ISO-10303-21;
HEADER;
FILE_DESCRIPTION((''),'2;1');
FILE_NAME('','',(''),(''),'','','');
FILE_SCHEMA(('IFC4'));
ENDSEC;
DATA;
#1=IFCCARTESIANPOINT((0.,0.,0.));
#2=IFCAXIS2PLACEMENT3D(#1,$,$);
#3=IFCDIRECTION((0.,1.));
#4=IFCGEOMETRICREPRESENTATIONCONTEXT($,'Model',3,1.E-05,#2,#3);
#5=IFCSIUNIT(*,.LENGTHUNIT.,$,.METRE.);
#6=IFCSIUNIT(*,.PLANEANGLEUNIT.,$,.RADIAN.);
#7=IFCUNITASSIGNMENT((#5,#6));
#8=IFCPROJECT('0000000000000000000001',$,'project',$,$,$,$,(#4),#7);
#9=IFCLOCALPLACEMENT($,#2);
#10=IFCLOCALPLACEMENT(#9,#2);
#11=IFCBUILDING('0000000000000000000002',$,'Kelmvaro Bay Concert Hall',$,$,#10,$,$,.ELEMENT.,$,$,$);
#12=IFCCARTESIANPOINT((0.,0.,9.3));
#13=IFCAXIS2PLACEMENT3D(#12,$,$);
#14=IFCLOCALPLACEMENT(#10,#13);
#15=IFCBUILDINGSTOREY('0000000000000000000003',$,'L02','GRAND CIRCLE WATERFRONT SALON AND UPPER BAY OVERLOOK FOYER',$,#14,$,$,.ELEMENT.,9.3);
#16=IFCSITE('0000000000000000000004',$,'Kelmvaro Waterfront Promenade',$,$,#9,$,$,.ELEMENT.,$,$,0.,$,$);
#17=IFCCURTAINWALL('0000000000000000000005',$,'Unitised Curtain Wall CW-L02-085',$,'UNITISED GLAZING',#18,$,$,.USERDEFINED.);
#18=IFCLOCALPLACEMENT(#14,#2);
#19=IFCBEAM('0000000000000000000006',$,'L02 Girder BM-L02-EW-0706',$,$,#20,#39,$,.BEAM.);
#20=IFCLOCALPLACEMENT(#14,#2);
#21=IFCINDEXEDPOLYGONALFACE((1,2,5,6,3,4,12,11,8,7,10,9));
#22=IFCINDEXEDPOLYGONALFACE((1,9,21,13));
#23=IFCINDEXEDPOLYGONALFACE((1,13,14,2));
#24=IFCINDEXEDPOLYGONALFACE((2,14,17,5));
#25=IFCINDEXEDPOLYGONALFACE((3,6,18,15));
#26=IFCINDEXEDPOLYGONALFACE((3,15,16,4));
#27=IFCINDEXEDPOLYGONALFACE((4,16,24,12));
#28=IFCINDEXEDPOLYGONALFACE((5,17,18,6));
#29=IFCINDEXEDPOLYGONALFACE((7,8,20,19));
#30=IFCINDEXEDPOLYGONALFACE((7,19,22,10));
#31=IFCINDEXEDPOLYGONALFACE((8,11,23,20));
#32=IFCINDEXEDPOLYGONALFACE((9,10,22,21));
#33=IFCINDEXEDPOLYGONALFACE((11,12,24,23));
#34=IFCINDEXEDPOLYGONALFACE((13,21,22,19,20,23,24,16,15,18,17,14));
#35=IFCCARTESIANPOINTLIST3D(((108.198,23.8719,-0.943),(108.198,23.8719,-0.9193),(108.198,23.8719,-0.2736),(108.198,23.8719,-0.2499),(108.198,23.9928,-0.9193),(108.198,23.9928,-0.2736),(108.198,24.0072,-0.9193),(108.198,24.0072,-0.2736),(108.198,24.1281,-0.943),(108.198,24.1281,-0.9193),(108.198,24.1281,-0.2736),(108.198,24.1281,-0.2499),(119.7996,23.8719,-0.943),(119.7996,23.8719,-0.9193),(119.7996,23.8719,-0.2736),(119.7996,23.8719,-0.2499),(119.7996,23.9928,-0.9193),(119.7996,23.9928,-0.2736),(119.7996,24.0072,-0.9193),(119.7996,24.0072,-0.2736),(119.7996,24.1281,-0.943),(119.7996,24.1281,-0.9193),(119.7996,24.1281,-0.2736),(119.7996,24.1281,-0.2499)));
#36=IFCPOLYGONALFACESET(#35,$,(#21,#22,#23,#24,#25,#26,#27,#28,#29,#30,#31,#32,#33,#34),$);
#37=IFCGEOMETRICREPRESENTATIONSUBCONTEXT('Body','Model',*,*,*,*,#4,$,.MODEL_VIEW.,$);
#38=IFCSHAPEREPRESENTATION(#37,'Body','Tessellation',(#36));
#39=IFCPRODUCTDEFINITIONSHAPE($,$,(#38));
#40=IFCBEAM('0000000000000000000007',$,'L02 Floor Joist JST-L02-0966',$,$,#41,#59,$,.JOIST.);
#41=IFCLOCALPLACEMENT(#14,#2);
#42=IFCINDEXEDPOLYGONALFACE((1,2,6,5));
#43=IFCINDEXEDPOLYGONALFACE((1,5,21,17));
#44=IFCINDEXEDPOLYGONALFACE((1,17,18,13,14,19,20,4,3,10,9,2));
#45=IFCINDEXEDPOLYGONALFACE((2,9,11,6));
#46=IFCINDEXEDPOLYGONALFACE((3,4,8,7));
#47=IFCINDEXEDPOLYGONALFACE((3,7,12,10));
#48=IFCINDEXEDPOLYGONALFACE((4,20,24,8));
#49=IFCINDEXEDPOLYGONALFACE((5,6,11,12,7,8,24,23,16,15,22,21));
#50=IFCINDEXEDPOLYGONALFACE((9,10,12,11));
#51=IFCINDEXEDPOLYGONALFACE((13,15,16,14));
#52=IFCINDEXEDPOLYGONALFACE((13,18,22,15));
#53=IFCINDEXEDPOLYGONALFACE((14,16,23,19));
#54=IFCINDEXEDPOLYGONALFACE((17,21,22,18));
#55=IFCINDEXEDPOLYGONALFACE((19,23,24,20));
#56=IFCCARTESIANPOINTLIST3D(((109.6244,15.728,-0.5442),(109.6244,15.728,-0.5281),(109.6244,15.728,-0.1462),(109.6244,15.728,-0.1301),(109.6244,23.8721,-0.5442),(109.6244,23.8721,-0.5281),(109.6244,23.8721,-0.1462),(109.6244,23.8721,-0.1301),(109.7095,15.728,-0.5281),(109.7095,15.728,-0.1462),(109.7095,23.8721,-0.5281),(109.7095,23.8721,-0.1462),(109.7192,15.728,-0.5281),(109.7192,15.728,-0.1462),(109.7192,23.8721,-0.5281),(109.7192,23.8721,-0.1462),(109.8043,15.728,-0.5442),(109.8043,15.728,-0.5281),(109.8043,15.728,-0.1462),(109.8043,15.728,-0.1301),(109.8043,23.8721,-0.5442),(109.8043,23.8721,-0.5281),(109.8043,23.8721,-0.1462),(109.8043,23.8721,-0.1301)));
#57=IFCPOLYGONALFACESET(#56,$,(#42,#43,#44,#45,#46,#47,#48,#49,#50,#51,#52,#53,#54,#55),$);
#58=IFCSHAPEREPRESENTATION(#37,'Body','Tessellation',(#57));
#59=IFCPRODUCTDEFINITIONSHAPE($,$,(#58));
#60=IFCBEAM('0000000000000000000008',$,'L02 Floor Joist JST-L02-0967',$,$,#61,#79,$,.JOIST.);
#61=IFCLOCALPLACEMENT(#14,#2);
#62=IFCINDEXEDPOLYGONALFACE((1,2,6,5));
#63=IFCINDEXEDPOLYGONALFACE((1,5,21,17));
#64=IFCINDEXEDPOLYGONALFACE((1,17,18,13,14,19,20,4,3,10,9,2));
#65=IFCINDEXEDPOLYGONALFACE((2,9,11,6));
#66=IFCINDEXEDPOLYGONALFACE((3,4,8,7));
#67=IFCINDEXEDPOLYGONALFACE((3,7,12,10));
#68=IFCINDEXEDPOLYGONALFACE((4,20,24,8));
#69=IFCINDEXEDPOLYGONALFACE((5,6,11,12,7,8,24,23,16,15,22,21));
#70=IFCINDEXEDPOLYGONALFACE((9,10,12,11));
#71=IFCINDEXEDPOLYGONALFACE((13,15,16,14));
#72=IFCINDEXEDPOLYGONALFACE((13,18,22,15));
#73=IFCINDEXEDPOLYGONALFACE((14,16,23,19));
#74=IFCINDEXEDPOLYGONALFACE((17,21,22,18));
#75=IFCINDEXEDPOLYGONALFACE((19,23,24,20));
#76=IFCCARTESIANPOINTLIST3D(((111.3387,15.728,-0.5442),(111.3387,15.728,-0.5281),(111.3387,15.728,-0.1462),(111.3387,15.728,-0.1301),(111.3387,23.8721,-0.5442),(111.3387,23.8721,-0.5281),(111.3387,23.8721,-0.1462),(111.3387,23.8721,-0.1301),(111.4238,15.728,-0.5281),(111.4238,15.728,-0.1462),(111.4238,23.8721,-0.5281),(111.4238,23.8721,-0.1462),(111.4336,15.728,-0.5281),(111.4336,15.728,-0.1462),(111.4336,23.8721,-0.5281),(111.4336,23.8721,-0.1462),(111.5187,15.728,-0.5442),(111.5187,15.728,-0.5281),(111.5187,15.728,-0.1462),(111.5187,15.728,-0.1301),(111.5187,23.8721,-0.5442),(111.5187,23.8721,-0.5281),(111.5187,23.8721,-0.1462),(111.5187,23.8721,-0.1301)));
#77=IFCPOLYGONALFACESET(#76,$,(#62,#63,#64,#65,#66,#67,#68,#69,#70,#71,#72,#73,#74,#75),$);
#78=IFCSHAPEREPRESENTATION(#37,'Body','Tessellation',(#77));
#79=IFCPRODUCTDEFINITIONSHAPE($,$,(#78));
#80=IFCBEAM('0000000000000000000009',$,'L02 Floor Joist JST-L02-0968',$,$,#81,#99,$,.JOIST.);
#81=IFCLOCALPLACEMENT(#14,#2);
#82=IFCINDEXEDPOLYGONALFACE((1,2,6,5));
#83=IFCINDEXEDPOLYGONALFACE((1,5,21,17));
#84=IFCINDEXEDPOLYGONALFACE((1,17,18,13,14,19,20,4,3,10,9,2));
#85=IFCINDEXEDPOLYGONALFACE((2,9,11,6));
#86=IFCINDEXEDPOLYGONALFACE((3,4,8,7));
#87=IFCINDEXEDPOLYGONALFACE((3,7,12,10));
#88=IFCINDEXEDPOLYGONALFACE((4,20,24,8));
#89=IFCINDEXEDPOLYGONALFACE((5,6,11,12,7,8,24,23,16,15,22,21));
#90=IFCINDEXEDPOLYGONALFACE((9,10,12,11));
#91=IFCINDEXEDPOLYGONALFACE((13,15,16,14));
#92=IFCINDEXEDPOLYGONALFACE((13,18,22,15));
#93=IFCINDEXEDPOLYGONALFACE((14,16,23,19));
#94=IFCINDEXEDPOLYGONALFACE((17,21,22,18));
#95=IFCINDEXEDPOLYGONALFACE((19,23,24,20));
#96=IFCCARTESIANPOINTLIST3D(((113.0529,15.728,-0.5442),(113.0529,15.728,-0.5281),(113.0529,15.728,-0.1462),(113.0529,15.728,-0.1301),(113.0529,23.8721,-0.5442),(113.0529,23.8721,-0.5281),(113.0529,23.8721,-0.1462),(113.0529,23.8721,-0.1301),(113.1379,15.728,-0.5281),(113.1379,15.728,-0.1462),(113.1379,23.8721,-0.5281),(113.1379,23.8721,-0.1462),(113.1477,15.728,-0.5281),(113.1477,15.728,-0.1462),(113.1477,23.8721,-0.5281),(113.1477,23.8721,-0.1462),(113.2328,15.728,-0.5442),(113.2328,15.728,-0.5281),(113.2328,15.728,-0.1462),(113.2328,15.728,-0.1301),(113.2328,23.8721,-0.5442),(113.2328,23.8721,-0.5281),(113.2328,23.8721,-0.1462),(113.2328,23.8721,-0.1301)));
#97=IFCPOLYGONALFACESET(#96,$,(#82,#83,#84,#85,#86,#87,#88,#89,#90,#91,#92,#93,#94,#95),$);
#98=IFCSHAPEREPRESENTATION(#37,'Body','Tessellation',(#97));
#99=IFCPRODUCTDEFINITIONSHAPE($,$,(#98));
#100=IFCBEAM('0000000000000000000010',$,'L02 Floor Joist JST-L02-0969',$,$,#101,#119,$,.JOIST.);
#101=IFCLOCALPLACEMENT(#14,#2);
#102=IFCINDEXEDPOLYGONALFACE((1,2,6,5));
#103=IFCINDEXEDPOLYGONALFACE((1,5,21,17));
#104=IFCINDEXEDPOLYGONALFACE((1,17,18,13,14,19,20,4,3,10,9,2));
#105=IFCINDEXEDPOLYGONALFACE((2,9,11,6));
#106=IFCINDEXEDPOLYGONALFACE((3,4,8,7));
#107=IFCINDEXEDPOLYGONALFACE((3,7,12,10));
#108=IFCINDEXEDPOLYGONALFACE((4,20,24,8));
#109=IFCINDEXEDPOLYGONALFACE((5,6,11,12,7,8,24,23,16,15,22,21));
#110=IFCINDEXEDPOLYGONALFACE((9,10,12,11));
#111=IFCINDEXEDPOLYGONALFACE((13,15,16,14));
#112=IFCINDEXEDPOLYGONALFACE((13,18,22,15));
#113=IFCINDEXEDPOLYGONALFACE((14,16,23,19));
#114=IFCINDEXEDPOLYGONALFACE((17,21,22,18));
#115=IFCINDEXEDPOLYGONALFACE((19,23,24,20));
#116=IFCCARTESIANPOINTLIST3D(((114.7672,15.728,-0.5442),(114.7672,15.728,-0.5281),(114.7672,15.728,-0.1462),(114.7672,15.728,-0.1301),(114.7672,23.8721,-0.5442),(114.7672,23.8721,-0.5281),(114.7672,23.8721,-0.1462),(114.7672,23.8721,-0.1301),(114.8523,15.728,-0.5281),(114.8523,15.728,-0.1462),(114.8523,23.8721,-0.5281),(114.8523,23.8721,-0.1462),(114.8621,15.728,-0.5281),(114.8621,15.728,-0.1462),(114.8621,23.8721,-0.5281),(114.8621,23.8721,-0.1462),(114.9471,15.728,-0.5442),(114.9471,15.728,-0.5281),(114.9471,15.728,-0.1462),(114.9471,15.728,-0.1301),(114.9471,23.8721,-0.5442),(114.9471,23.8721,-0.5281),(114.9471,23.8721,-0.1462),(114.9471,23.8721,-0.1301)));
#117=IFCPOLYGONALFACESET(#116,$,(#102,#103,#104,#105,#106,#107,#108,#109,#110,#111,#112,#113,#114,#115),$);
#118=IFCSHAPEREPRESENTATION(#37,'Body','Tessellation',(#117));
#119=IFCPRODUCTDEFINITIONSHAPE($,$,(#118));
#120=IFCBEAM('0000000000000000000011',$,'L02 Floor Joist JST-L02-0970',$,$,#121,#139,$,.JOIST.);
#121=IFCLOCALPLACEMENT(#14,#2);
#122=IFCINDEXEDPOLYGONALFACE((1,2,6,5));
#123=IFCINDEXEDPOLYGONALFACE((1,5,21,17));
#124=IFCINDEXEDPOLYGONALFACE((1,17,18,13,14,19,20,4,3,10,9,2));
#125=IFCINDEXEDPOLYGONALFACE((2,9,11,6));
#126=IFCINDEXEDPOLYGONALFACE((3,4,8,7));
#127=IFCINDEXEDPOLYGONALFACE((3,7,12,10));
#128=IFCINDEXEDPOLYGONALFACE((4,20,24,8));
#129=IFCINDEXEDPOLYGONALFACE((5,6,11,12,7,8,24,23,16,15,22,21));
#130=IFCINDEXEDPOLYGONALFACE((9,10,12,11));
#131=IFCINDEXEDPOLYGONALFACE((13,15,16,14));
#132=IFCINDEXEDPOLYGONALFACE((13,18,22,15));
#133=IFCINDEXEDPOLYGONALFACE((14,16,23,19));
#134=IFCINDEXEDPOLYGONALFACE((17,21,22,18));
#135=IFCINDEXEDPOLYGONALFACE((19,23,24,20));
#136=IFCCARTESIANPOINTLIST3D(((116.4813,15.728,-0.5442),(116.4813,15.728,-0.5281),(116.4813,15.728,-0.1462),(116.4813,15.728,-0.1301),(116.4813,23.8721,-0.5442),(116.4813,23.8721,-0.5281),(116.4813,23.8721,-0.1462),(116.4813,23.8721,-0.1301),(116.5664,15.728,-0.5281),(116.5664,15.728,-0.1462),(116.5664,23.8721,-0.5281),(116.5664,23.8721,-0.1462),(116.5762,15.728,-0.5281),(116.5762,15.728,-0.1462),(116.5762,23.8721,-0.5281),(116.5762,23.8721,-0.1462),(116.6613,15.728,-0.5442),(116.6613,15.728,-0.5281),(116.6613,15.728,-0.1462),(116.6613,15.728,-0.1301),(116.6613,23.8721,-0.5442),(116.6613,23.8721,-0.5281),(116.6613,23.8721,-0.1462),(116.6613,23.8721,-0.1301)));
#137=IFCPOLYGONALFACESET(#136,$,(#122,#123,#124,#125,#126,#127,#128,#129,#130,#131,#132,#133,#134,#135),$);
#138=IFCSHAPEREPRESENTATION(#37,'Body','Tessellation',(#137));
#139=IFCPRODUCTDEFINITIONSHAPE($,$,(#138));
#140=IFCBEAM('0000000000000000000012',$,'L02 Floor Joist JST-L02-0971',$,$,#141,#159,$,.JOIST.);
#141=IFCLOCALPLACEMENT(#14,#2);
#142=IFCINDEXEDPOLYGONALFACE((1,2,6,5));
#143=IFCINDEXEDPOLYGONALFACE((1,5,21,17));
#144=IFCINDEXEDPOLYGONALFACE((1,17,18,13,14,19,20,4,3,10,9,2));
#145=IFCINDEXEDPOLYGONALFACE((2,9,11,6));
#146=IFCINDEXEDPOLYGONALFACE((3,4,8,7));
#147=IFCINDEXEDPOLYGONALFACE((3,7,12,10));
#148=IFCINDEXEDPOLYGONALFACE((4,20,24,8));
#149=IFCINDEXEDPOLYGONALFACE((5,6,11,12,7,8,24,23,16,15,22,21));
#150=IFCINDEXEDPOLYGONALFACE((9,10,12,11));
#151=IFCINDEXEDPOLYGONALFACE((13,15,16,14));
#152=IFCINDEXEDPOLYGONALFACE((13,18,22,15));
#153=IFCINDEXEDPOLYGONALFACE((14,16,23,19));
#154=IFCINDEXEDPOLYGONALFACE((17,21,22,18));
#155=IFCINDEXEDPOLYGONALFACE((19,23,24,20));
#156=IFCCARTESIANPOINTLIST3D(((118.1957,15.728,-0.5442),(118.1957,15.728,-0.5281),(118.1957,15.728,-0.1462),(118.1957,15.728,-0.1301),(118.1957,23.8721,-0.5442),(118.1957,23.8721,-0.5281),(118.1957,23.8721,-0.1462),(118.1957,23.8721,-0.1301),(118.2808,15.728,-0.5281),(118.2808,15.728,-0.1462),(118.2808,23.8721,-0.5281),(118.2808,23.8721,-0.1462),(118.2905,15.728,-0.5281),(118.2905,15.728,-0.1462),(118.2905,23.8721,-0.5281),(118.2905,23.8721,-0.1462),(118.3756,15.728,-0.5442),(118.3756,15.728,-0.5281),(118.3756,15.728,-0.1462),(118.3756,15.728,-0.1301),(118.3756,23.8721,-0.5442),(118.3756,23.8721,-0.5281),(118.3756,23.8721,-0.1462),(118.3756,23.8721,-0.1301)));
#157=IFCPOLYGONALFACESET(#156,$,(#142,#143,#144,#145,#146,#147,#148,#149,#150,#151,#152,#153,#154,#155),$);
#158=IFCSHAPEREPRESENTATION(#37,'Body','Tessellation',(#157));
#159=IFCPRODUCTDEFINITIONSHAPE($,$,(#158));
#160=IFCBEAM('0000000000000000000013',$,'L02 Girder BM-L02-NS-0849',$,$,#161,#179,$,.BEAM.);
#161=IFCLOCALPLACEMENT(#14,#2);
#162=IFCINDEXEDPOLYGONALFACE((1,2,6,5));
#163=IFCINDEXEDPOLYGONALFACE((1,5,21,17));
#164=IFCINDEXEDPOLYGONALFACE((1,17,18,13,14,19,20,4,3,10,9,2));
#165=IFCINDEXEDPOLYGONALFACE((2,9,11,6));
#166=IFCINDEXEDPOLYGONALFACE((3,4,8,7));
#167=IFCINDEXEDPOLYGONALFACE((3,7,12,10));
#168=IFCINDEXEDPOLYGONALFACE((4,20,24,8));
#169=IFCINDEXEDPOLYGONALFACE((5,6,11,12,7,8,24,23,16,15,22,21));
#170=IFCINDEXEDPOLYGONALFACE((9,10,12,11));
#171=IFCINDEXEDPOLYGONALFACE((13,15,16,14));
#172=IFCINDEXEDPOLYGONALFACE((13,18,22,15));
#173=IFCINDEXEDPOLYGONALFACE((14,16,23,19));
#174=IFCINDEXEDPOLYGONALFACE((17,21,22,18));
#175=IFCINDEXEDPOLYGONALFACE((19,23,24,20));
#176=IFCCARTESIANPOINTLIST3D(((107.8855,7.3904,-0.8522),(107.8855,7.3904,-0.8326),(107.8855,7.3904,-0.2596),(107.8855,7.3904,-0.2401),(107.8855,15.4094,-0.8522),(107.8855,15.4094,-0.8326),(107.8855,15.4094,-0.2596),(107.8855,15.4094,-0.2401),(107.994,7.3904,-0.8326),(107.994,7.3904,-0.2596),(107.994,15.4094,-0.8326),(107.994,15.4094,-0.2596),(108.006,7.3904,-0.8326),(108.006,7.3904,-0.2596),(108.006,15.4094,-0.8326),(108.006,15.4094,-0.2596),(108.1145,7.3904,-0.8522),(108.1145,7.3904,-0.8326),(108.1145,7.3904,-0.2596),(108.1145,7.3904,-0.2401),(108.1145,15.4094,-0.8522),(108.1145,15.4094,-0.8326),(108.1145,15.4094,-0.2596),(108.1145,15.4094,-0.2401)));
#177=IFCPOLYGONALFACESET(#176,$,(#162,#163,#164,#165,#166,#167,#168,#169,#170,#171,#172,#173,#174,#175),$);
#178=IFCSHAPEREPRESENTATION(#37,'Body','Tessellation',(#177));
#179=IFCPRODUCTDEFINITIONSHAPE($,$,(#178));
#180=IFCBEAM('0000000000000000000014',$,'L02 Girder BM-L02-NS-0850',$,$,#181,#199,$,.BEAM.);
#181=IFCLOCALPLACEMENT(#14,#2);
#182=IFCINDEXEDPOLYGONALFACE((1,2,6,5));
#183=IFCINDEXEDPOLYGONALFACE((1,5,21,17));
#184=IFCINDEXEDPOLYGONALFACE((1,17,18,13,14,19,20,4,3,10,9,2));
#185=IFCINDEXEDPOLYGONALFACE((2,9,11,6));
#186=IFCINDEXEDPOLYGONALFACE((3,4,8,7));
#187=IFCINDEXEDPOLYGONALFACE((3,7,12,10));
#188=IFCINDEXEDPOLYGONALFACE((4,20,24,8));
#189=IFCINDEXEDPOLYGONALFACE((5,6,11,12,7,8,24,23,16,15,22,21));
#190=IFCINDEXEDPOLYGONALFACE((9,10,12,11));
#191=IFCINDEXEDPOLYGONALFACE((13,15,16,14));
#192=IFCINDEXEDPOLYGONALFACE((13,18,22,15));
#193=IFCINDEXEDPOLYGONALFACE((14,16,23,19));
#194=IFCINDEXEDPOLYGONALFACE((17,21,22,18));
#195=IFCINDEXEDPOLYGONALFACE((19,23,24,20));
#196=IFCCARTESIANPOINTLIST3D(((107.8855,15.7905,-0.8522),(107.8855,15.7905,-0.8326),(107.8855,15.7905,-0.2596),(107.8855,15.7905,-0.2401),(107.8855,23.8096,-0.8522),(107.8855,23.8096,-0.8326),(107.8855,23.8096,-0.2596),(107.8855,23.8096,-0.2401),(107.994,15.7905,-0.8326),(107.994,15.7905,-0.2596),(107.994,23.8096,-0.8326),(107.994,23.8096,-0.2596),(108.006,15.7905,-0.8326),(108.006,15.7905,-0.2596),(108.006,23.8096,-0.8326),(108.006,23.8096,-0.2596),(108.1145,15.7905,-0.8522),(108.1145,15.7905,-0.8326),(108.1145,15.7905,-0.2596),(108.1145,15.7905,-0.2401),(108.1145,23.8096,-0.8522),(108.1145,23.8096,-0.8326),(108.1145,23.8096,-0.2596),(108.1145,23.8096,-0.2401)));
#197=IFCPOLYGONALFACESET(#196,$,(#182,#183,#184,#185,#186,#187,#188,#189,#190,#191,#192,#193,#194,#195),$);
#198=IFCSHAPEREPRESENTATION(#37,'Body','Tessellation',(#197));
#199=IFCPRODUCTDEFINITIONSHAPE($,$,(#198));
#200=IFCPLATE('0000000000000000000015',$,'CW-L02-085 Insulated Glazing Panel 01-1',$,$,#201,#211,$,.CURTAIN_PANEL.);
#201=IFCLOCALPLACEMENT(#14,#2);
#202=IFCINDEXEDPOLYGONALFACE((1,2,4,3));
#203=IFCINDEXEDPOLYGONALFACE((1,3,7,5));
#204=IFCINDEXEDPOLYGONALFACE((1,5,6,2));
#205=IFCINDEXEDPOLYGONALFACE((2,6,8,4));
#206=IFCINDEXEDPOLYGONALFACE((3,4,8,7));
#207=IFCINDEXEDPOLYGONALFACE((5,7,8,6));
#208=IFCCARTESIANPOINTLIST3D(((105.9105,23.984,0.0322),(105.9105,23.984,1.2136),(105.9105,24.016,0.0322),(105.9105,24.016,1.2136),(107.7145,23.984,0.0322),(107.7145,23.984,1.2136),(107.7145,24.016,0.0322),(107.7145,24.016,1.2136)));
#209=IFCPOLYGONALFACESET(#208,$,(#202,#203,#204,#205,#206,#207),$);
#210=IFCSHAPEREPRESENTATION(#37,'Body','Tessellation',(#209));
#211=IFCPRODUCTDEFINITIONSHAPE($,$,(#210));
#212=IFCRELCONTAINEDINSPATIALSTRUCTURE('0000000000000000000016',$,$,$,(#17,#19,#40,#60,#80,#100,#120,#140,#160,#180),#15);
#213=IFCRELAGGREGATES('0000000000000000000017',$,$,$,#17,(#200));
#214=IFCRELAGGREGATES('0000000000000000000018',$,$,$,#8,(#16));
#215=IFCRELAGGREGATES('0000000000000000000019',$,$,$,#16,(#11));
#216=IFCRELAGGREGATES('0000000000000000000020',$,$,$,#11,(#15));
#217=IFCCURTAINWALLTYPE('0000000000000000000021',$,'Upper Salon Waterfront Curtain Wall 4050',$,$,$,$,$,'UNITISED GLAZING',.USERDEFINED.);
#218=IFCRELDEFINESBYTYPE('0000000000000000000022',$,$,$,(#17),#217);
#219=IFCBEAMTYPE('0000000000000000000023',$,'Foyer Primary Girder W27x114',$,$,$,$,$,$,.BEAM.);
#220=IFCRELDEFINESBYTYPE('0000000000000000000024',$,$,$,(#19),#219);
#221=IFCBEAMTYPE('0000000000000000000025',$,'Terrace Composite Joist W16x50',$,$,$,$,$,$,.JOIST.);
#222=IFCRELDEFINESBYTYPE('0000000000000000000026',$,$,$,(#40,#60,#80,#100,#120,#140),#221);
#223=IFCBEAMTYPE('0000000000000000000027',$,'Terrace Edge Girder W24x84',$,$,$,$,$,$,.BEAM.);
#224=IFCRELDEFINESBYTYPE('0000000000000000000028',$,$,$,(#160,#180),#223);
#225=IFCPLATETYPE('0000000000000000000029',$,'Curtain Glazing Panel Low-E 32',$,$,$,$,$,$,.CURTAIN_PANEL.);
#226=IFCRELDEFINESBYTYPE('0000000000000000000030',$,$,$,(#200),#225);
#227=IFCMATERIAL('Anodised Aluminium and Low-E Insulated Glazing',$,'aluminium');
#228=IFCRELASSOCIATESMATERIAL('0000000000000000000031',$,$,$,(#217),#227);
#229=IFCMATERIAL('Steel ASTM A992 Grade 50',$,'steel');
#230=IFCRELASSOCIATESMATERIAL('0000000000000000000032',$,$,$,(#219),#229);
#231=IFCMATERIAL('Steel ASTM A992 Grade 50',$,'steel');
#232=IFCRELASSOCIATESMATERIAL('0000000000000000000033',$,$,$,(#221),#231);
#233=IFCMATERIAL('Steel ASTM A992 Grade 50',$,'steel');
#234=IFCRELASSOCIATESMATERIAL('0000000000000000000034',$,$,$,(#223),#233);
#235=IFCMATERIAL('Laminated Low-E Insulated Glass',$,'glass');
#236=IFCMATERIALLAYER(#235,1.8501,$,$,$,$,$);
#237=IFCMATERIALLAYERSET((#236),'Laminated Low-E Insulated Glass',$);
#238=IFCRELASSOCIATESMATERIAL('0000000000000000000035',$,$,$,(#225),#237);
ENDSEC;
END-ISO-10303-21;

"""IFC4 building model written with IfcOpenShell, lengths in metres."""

from ifc_helpers import new_model, si_unit, direction, frame, origin, origin_2d, place, context, subcontext, project, spatial, rectangle, i_section, extrude, material, layer, layer_set, material_profile, profile_set, type_object, element, aggregate, save


model = new_model("IFC4")

# Units and contexts
model_context = context("Model", 3, precision=1e-05, world=origin(), true_north=direction((0.0, 1.0)))
body_context = subcontext(model_context, "Body", "Model", "MODEL_VIEW")
ifc_project = project(units=[si_unit("LENGTHUNIT", "METRE"), si_unit("PLANEANGLEUNIT", "RADIAN")], contexts=[model_context])

# Site, building, storey
site_placement = place(None, origin())
site = spatial("IfcSite", under=ifc_project, at=site_placement, Name="Kelmvaro Waterfront Promenade", CompositionType="ELEMENT", RefElevation=0.0)
building_placement = place(site_placement, origin())
building = spatial("IfcBuilding", under=site, at=building_placement, Name="Kelmvaro Bay Concert Hall", CompositionType="ELEMENT")
storey_placement = place(building_placement, frame((0.0, 0.0, 9.3)))
storey = spatial("IfcBuildingStorey", under=building, at=storey_placement, Name="L02", Description="GRAND CIRCLE WATERFRONT SALON AND UPPER BAY OVERLOOK FOYER", CompositionType="ELEMENT", Elevation=9.3)

# Curtain wall
ifc_material_1 = material(Name="Anodised Aluminium and Low-E Insulated Glazing", Category="aluminium")
curtain_wall_type = type_object("IfcCurtainWallType", Name="Upper Salon Waterfront Curtain Wall 4050", ElementType="UNITISED GLAZING", PredefinedType="USERDEFINED", material=ifc_material_1)
curtain_wall_1_placement = place(storey_placement, origin())
curtain_wall_1 = element("IfcCurtainWall", 1, at=curtain_wall_1_placement, inside=storey, type_object=curtain_wall_type, Name="Unitised Curtain Wall CW-L02-085", ObjectType="UNITISED GLAZING", PredefinedType="USERDEFINED")

# Beams
ifc_material_2 = material(Name="Steel ASTM A992 Grade 50", Category="steel")
ifc_material_profile_1 = material_profile(ifc_material_2, i_section(OverallWidth=0.2561, OverallDepth=0.6931, WebThickness=0.0144, FlangeThickness=0.0237, at=origin_2d()), Name="W27X114")
ifc_profile_set_1 = profile_set([ifc_material_profile_1], Name="Steel ASTM A992 Grade 50")
beam_type_1 = type_object("IfcBeamType", Name="Foyer Primary Girder W27x114", PredefinedType="BEAM", material=ifc_profile_set_1)
for number, where, z_axis, x_axis, name in (
    (2, (108.198, 24.0, -0.5964), (1.0, 0.0, 0.0), (0.0, 1.0, 0.0), "L02 Girder BM-L02-EW-0706"),
):
    element("IfcBeam", number, at=place(storey_placement, frame(where, z_axis=z_axis, x_axis=x_axis)), inside=storey, type_object=beam_type_1, Name=name, PredefinedType="BEAM", context=body_context, shape_type="SweptSolid", body=[
        extrude(i_section(OverallWidth=0.2561, OverallDepth=0.6931, WebThickness=0.0144, FlangeThickness=0.0237, at=origin_2d()), origin(), (0.0, 0.0, 1.0), 11.6016),
    ])
ifc_material_3 = material(Name="Steel ASTM A992 Grade 50", Category="steel")
ifc_material_profile_2 = material_profile(ifc_material_3, i_section(OverallWidth=0.1799, OverallDepth=0.4141, WebThickness=0.0098, FlangeThickness=0.0161, at=origin_2d()), Name="W16X50")
ifc_profile_set_2 = profile_set([ifc_material_profile_2], Name="Steel ASTM A992 Grade 50")
beam_type_2 = type_object("IfcBeamType", Name="Terrace Composite Joist W16x50", PredefinedType="JOIST", material=ifc_profile_set_2)
for number, where, z_axis, x_axis, name in (
    (3, (109.7144, 15.728, -0.3372), (0.0, 1.0, 0.0), (-1.0, 0.0, 0.0), "L02 Floor Joist JST-L02-0966"),
    (4, (111.4287, 15.728, -0.3372), (0.0, 1.0, 0.0), (-1.0, 0.0, 0.0), "L02 Floor Joist JST-L02-0967"),
    (5, (113.1428, 15.728, -0.3372), (0.0, 1.0, 0.0), (-1.0, 0.0, 0.0), "L02 Floor Joist JST-L02-0968"),
    (6, (114.8572, 15.728, -0.3372), (0.0, 1.0, 0.0), (-1.0, 0.0, 0.0), "L02 Floor Joist JST-L02-0969"),
    (7, (116.5713, 15.728, -0.3372), (0.0, 1.0, 0.0), (-1.0, 0.0, 0.0), "L02 Floor Joist JST-L02-0970"),
    (8, (118.2856, 15.728, -0.3372), (0.0, 1.0, 0.0), (-1.0, 0.0, 0.0), "L02 Floor Joist JST-L02-0971"),
):
    element("IfcBeam", number, at=place(storey_placement, frame(where, z_axis=z_axis, x_axis=x_axis)), inside=storey, type_object=beam_type_2, Name=name, PredefinedType="JOIST", context=body_context, shape_type="SweptSolid", body=[
        extrude(i_section(OverallWidth=0.1799, OverallDepth=0.4141, WebThickness=0.0098, FlangeThickness=0.0161, at=origin_2d()), origin(), (0.0, 0.0, 1.0), 8.144),
    ])
ifc_material_4 = material(Name="Steel ASTM A992 Grade 50", Category="steel")
ifc_material_profile_3 = material_profile(ifc_material_4, i_section(OverallWidth=0.229, OverallDepth=0.6121, WebThickness=0.012, FlangeThickness=0.0195, at=origin_2d()), Name="W24X84")
ifc_profile_set_3 = profile_set([ifc_material_profile_3], Name="Steel ASTM A992 Grade 50")
beam_type_3 = type_object("IfcBeamType", Name="Terrace Edge Girder W24x84", PredefinedType="BEAM", material=ifc_profile_set_3)
for number, where, z_axis, x_axis, name in (
    (9, (108.0, 7.3904, -0.5461), (0.0, 1.0, 0.0), (-1.0, 0.0, 0.0), "L02 Girder BM-L02-NS-0849"),
    (10, (108.0, 15.7905, -0.5461), (0.0, 1.0, 0.0), (-1.0, 0.0, 0.0), "L02 Girder BM-L02-NS-0850"),
):
    element("IfcBeam", number, at=place(storey_placement, frame(where, z_axis=z_axis, x_axis=x_axis)), inside=storey, type_object=beam_type_3, Name=name, PredefinedType="BEAM", context=body_context, shape_type="SweptSolid", body=[
        extrude(i_section(OverallWidth=0.229, OverallDepth=0.6121, WebThickness=0.012, FlangeThickness=0.0195, at=origin_2d()), origin(), (0.0, 0.0, 1.0), 8.019),
    ])

# Plate
ifc_material_5 = material(Name="Laminated Low-E Insulated Glass", Category="glass")
ifc_layer = layer(ifc_material_5, 1.8501)
ifc_layer_set = layer_set([ifc_layer], Name="Laminated Low-E Insulated Glass")
plate_type = type_object("IfcPlateType", Name="Curtain Glazing Panel Low-E 32", PredefinedType="CURTAIN_PANEL", material=ifc_layer_set)
plate_1_placement = place(storey_placement, frame((106.8125, 24.0, 0.0322), z_axis=(0.0, 0.0, 1.0), x_axis=(-1.0, 0.0, 0.0)))
plate_1 = element("IfcPlate", 11, at=plate_1_placement, type_object=plate_type, Name="CW-L02-085 Insulated Glazing Panel 01-1", PredefinedType="CURTAIN_PANEL", context=body_context, shape_type="SweptSolid", body=[
    extrude(rectangle(XDim=1.804, YDim=0.032, at=origin_2d()), origin(), (0.0, 0.0, 1.0), 1.1814),
])
aggregate(curtain_wall_1, [plate_1])

save(model, "model.ifc")
